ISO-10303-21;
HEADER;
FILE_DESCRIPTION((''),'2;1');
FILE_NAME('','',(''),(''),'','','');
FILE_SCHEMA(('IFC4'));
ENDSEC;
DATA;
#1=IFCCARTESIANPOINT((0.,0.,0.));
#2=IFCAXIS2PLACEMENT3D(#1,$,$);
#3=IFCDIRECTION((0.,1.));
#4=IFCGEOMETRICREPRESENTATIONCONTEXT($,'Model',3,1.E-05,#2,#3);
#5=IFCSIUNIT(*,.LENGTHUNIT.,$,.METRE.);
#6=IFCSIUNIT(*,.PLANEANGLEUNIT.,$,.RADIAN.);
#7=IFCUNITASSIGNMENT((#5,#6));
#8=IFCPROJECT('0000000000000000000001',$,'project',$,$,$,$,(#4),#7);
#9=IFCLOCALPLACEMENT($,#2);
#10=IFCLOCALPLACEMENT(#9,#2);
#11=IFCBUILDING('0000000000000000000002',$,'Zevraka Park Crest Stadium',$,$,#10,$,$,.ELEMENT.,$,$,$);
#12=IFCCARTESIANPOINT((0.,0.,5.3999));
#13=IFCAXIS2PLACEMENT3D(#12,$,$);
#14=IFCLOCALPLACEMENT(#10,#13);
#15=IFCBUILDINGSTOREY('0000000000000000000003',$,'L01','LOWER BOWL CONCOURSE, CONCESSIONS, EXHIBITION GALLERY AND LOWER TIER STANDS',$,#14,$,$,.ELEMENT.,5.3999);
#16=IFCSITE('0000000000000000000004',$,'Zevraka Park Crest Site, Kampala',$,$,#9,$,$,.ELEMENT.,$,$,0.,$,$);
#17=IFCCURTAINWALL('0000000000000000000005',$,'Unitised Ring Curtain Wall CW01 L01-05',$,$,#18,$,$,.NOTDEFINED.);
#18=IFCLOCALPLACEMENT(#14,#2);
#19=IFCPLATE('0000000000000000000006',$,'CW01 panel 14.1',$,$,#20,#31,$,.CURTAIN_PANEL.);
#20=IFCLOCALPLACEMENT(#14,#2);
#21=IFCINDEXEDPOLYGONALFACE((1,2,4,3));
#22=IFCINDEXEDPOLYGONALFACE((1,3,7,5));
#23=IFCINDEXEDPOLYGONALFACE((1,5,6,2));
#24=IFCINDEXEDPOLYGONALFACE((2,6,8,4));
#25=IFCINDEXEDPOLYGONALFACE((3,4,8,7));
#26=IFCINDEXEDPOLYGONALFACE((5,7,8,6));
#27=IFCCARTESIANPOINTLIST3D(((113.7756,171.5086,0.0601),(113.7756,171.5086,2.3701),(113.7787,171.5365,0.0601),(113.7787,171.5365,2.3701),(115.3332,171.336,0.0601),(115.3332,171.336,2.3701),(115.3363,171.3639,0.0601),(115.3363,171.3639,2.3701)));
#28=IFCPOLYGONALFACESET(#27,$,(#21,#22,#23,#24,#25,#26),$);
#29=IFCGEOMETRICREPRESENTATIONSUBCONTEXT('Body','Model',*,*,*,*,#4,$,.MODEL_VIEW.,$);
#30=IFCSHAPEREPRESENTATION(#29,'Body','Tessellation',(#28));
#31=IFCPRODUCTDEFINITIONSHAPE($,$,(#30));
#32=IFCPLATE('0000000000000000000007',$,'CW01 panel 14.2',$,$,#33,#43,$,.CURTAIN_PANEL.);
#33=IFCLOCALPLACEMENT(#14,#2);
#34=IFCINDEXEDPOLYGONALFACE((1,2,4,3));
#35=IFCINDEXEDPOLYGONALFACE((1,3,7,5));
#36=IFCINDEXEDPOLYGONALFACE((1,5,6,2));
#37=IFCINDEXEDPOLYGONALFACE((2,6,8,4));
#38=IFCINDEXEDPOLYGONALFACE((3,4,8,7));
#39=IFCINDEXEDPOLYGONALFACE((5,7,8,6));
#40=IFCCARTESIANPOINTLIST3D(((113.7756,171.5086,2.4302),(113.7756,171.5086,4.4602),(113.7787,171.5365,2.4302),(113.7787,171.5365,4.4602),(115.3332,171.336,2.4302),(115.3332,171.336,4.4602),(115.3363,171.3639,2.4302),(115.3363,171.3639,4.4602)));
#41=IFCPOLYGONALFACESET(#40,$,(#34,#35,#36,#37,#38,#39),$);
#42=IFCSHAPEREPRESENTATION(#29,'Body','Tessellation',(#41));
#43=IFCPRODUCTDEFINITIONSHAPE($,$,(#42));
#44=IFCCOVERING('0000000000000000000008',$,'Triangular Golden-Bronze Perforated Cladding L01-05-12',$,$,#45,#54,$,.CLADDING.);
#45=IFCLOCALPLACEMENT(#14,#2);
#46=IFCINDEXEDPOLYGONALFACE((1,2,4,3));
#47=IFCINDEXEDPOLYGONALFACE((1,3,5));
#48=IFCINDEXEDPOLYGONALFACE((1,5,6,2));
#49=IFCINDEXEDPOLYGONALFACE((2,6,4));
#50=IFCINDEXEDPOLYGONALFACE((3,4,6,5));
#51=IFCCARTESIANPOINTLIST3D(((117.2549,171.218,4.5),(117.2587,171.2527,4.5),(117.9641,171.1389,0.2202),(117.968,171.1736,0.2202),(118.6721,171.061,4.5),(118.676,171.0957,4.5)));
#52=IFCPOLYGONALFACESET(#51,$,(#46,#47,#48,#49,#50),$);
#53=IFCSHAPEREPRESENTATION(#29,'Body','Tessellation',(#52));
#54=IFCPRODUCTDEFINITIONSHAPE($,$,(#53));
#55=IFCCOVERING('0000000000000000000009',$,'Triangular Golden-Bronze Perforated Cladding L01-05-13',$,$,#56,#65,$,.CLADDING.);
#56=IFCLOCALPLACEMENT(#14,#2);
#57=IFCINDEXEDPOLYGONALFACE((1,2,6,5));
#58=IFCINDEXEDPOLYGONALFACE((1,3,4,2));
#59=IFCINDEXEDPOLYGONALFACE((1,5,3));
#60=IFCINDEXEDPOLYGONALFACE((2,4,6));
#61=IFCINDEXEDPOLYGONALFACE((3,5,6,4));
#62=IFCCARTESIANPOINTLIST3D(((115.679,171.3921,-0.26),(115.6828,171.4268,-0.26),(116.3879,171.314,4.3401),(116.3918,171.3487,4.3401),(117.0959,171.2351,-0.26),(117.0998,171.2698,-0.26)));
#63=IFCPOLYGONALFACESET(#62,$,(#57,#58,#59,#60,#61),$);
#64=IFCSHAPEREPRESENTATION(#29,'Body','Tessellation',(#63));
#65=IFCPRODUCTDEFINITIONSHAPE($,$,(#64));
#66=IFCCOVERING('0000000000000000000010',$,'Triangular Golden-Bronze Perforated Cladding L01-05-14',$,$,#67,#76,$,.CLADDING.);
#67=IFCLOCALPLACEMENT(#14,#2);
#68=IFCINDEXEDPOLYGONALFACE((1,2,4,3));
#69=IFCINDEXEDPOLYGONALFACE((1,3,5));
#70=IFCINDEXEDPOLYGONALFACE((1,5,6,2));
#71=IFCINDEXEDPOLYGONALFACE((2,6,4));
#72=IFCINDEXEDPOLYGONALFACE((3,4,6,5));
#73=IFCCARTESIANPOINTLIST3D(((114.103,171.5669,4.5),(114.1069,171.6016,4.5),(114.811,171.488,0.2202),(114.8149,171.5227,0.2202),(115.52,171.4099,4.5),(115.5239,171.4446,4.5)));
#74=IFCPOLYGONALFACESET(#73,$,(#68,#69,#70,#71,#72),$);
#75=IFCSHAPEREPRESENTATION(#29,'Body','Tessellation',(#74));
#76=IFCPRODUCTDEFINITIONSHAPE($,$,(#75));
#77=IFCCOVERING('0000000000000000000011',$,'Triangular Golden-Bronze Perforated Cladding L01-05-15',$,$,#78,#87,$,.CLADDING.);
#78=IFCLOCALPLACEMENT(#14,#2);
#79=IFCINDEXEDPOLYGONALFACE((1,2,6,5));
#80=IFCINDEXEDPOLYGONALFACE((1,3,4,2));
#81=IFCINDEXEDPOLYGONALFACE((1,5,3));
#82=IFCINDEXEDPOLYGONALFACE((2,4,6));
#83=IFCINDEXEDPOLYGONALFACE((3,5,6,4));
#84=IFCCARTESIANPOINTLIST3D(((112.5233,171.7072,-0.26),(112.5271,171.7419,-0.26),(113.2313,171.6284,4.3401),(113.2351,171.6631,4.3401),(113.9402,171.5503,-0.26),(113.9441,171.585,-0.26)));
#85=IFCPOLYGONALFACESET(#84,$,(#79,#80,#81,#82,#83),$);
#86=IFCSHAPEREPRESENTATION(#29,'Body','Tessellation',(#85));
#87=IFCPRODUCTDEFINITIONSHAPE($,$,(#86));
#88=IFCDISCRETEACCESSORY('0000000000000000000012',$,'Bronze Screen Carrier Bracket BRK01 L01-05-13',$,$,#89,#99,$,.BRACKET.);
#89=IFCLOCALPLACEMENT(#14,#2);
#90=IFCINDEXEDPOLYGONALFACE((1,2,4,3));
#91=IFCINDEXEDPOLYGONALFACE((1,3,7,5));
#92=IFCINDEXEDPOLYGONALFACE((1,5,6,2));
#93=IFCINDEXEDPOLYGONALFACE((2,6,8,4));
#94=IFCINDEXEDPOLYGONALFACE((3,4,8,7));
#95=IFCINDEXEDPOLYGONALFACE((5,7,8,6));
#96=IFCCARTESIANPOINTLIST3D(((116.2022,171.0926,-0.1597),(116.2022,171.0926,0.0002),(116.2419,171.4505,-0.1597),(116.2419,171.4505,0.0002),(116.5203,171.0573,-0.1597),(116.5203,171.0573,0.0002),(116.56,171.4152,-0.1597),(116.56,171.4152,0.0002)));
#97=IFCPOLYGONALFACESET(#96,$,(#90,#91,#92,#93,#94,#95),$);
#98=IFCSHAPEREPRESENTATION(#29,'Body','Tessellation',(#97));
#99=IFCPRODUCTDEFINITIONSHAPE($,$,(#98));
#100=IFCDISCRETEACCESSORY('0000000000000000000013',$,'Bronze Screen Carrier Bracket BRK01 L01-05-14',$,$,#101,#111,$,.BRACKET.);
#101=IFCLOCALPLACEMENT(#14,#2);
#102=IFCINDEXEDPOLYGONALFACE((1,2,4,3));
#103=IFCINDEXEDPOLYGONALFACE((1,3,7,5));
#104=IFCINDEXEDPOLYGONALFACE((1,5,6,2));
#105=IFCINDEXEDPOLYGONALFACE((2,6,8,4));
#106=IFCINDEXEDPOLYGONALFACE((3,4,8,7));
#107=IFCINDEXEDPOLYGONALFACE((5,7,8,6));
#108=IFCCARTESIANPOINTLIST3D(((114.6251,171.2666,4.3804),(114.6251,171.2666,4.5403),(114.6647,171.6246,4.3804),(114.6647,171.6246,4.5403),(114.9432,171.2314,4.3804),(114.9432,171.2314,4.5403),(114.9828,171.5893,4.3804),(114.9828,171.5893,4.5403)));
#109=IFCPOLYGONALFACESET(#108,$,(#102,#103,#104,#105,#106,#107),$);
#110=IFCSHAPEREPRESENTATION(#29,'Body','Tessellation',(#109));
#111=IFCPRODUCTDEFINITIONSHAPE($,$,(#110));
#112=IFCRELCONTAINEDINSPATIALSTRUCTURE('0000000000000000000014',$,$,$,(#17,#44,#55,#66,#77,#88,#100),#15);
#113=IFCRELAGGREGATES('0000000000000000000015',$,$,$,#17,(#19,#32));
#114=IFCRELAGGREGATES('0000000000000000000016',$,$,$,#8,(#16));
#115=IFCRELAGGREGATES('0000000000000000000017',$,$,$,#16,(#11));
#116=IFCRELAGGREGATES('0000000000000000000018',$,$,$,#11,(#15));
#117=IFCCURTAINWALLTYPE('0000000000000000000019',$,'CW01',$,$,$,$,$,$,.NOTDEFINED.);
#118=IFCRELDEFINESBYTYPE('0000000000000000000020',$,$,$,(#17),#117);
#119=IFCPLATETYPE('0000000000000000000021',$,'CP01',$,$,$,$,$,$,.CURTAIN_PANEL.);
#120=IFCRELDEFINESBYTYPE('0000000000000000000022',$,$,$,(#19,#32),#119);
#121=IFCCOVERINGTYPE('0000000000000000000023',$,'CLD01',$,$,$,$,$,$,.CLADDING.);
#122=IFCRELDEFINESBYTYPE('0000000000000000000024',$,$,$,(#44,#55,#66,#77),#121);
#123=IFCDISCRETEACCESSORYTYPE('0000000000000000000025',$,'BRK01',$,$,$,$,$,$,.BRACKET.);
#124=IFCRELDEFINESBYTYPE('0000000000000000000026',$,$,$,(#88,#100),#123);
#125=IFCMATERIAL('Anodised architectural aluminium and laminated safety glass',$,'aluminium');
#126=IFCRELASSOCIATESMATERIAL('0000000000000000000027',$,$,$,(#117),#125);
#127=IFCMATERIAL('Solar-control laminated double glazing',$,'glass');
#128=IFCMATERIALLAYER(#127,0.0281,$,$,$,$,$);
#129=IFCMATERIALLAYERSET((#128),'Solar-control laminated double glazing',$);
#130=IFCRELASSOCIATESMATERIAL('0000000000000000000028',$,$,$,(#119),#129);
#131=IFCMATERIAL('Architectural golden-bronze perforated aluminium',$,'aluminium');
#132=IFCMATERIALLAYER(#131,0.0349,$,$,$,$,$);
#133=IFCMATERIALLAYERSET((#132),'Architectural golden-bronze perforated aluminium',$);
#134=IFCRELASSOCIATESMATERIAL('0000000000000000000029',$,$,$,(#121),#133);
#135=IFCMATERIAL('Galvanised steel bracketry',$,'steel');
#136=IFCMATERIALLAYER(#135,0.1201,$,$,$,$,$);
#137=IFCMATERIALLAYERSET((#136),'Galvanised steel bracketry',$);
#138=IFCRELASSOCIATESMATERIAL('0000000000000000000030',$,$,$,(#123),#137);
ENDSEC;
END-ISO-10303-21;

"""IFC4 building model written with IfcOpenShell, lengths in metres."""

from ifc_helpers import new_model, si_unit, direction, frame, origin, origin_2d, place, context, subcontext, project, spatial, polyline, rectangle, outline, extrude, material, layer, layer_set, type_object, element, aggregate, save


model = new_model("IFC4")

# Units and contexts
model_context = context("Model", 3, precision=1e-05, world=origin(), true_north=direction((0.0, 1.0)))
body_context = subcontext(model_context, "Body", "Model", "MODEL_VIEW")
ifc_project = project(units=[si_unit("LENGTHUNIT", "METRE"), si_unit("PLANEANGLEUNIT", "RADIAN")], contexts=[model_context])

# Site, building, storey
site_placement = place(None, origin())
site = spatial("IfcSite", under=ifc_project, at=site_placement, Name="Zevraka Park Crest Site, Kampala", CompositionType="ELEMENT", RefElevation=0.0)
building_placement = place(site_placement, origin())
building = spatial("IfcBuilding", under=site, at=building_placement, Name="Zevraka Park Crest Stadium", CompositionType="ELEMENT")
storey_placement = place(building_placement, frame((0.0, 0.0, 5.3999)))
storey = spatial("IfcBuildingStorey", under=building, at=storey_placement, Name="L01", Description="LOWER BOWL CONCOURSE, CONCESSIONS, EXHIBITION GALLERY AND LOWER TIER STANDS", CompositionType="ELEMENT", Elevation=5.3999)

# Curtain wall, plates
ifc_material_1 = material(Name="Anodised architectural aluminium and laminated safety glass", Category="aluminium")
curtain_wall_type = type_object("IfcCurtainWallType", Name="CW01", PredefinedType="NOTDEFINED", material=ifc_material_1)
curtain_wall_placement = place(storey_placement, origin())
curtain_wall = element("IfcCurtainWall", 1, at=curtain_wall_placement, inside=storey, type_object=curtain_wall_type, Name="Unitised Ring Curtain Wall CW01 L01-05", PredefinedType="NOTDEFINED")
ifc_material_2 = material(Name="Solar-control laminated double glazing", Category="glass")
ifc_layer_1 = layer(ifc_material_2, 0.0281)
ifc_layer_set_1 = layer_set([ifc_layer_1], Name="Solar-control laminated double glazing")
plate_type = type_object("IfcPlateType", Name="CP01", PredefinedType="CURTAIN_PANEL", material=ifc_layer_set_1)
plate_1_placement = place(storey_placement, frame((114.5559, 171.4363, 0.0601), z_axis=(0.0, 0.0, 1.0), x_axis=(-0.993917, 0.110135, 0.0)))
plate_1 = element("IfcPlate", 2, at=plate_1_placement, type_object=plate_type, Name="CW01 panel 14.1", PredefinedType="CURTAIN_PANEL", context=body_context, shape_type="SweptSolid", body=[
    extrude(rectangle(XDim=1.5671, YDim=0.0281, at=origin_2d()), origin(), (0.0, 0.0, 1.0), 2.3101),
])
plate_2_placement = place(storey_placement, frame((114.5559, 171.4363, 2.4302), z_axis=(0.0, 0.0, 1.0), x_axis=(-0.993917, 0.110135, 0.0)))
plate_2 = element("IfcPlate", 3, at=plate_2_placement, type_object=plate_type, Name="CW01 panel 14.2", PredefinedType="CURTAIN_PANEL", context=body_context, shape_type="SweptSolid", body=[
    extrude(rectangle(XDim=1.5671, YDim=0.0281, at=origin_2d()), origin(), (0.0, 0.0, 1.0), 2.03),
])
aggregate(curtain_wall, [plate_1, plate_2])

# Coverings
ifc_material_3 = material(Name="Architectural golden-bronze perforated aluminium", Category="aluminium")
ifc_layer_2 = layer(ifc_material_3, 0.0349)
ifc_layer_set_2 = layer_set([ifc_layer_2], Name="Architectural golden-bronze perforated aluminium")
covering_type = type_object("IfcCoveringType", Name="CLD01", PredefinedType="CLADDING", material=ifc_layer_set_2)
covering_1_placement = place(storey_placement, frame((117.2549, 171.218, 4.5), z_axis=(-0.110093, -0.993921, 0.000126), x_axis=(0.993921, -0.110093, 0.0)))
element("IfcCovering", 4, at=covering_1_placement, inside=storey, type_object=covering_type, Name="Triangular Golden-Bronze Perforated Cladding L01-05-12", PredefinedType="CLADDING", context=body_context, shape_type="SweptSolid", body=[
    extrude(outline(polyline([(0.0, 0.0), (1.4259, 0.0), (0.7136, -4.2798), (0.0, 0.0)])), origin(), (0.0, 0.0, -1.0), 0.0349),
])
covering_2_placement = place(storey_placement, frame((117.0959, 171.2351, -0.26), z_axis=(-0.110112, -0.993919, 0.000091), x_axis=(-0.993919, 0.110112, 0.0)))
element("IfcCovering", 5, at=covering_2_placement, inside=storey, type_object=covering_type, Name="Triangular Golden-Bronze Perforated Cladding L01-05-13", PredefinedType="CLADDING", context=body_context, shape_type="SweptSolid", body=[
    extrude(outline(polyline([(0.0, 0.0), (1.4257, 0.0), (0.7124, -4.6001), (0.0, 0.0)])), origin(), (0.0, 0.0, -1.0), 0.0349),
])
covering_3_placement = place(storey_placement, frame((114.103, 171.5669, 4.5), z_axis=(-0.110112, -0.993919, 0.000098), x_axis=(0.993919, -0.110112, 0.0)))
element("IfcCovering", 6, at=covering_3_placement, inside=storey, type_object=covering_type, Name="Triangular Golden-Bronze Perforated Cladding L01-05-14", PredefinedType="CLADDING", context=body_context, shape_type="SweptSolid", body=[
    extrude(outline(polyline([(0.0, 0.0), (1.4257, 0.0), (0.7124, -4.2798), (0.0, 0.0)])), origin(), (0.0, 0.0, -1.0), 0.0349),
])
covering_4_placement = place(storey_placement, frame((113.9441, 171.585, -0.26), z_axis=(0.110112, 0.993919, 0.000091), x_axis=(-0.993919, 0.110112, 0.0)))
element("IfcCovering", 7, at=covering_4_placement, inside=storey, type_object=covering_type, Name="Triangular Golden-Bronze Perforated Cladding L01-05-15", PredefinedType="CLADDING", context=body_context, shape_type="SweptSolid", body=[
    extrude(outline(polyline([(0.0, 0.0), (1.4257, 0.0), (0.7133, 4.6001), (0.0, 0.0)])), origin(), (0.0, 0.0, -1.0), 0.0349),
])

# Discrete accessories
ifc_material_4 = material(Name="Galvanised steel bracketry", Category="steel")
ifc_layer_3 = layer(ifc_material_4, 0.1201)
ifc_layer_set_3 = layer_set([ifc_layer_3], Name="Galvanised steel bracketry")
discrete_accessory_type = type_object("IfcDiscreteAccessoryType", Name="BRK01", PredefinedType="BRACKET", material=ifc_layer_set_3)
for number, where, z_axis, x_axis, name in (
    (8, (116.3811, 171.2539, -0.1597), (0.0, 0.0, 1.0), (-0.993923, 0.110081, 0.0), "Bronze Screen Carrier Bracket BRK01 L01-05-13"),
    (9, (114.804, 171.428, 4.3804), (0.0, 0.0, 1.0), (-0.993923, 0.110081, 0.0), "Bronze Screen Carrier Bracket BRK01 L01-05-14"),
):
    element("IfcDiscreteAccessory", number, at=place(storey_placement, frame(where, z_axis=z_axis, x_axis=x_axis)), inside=storey, type_object=discrete_accessory_type, Name=name, PredefinedType="BRACKET", context=body_context, shape_type="SweptSolid", body=[
        extrude(rectangle(XDim=0.3201, YDim=0.3601, at=origin_2d()), origin(), (0.0, 0.0, 1.0), 0.1599),
    ])

save(model, "model.ifc")
